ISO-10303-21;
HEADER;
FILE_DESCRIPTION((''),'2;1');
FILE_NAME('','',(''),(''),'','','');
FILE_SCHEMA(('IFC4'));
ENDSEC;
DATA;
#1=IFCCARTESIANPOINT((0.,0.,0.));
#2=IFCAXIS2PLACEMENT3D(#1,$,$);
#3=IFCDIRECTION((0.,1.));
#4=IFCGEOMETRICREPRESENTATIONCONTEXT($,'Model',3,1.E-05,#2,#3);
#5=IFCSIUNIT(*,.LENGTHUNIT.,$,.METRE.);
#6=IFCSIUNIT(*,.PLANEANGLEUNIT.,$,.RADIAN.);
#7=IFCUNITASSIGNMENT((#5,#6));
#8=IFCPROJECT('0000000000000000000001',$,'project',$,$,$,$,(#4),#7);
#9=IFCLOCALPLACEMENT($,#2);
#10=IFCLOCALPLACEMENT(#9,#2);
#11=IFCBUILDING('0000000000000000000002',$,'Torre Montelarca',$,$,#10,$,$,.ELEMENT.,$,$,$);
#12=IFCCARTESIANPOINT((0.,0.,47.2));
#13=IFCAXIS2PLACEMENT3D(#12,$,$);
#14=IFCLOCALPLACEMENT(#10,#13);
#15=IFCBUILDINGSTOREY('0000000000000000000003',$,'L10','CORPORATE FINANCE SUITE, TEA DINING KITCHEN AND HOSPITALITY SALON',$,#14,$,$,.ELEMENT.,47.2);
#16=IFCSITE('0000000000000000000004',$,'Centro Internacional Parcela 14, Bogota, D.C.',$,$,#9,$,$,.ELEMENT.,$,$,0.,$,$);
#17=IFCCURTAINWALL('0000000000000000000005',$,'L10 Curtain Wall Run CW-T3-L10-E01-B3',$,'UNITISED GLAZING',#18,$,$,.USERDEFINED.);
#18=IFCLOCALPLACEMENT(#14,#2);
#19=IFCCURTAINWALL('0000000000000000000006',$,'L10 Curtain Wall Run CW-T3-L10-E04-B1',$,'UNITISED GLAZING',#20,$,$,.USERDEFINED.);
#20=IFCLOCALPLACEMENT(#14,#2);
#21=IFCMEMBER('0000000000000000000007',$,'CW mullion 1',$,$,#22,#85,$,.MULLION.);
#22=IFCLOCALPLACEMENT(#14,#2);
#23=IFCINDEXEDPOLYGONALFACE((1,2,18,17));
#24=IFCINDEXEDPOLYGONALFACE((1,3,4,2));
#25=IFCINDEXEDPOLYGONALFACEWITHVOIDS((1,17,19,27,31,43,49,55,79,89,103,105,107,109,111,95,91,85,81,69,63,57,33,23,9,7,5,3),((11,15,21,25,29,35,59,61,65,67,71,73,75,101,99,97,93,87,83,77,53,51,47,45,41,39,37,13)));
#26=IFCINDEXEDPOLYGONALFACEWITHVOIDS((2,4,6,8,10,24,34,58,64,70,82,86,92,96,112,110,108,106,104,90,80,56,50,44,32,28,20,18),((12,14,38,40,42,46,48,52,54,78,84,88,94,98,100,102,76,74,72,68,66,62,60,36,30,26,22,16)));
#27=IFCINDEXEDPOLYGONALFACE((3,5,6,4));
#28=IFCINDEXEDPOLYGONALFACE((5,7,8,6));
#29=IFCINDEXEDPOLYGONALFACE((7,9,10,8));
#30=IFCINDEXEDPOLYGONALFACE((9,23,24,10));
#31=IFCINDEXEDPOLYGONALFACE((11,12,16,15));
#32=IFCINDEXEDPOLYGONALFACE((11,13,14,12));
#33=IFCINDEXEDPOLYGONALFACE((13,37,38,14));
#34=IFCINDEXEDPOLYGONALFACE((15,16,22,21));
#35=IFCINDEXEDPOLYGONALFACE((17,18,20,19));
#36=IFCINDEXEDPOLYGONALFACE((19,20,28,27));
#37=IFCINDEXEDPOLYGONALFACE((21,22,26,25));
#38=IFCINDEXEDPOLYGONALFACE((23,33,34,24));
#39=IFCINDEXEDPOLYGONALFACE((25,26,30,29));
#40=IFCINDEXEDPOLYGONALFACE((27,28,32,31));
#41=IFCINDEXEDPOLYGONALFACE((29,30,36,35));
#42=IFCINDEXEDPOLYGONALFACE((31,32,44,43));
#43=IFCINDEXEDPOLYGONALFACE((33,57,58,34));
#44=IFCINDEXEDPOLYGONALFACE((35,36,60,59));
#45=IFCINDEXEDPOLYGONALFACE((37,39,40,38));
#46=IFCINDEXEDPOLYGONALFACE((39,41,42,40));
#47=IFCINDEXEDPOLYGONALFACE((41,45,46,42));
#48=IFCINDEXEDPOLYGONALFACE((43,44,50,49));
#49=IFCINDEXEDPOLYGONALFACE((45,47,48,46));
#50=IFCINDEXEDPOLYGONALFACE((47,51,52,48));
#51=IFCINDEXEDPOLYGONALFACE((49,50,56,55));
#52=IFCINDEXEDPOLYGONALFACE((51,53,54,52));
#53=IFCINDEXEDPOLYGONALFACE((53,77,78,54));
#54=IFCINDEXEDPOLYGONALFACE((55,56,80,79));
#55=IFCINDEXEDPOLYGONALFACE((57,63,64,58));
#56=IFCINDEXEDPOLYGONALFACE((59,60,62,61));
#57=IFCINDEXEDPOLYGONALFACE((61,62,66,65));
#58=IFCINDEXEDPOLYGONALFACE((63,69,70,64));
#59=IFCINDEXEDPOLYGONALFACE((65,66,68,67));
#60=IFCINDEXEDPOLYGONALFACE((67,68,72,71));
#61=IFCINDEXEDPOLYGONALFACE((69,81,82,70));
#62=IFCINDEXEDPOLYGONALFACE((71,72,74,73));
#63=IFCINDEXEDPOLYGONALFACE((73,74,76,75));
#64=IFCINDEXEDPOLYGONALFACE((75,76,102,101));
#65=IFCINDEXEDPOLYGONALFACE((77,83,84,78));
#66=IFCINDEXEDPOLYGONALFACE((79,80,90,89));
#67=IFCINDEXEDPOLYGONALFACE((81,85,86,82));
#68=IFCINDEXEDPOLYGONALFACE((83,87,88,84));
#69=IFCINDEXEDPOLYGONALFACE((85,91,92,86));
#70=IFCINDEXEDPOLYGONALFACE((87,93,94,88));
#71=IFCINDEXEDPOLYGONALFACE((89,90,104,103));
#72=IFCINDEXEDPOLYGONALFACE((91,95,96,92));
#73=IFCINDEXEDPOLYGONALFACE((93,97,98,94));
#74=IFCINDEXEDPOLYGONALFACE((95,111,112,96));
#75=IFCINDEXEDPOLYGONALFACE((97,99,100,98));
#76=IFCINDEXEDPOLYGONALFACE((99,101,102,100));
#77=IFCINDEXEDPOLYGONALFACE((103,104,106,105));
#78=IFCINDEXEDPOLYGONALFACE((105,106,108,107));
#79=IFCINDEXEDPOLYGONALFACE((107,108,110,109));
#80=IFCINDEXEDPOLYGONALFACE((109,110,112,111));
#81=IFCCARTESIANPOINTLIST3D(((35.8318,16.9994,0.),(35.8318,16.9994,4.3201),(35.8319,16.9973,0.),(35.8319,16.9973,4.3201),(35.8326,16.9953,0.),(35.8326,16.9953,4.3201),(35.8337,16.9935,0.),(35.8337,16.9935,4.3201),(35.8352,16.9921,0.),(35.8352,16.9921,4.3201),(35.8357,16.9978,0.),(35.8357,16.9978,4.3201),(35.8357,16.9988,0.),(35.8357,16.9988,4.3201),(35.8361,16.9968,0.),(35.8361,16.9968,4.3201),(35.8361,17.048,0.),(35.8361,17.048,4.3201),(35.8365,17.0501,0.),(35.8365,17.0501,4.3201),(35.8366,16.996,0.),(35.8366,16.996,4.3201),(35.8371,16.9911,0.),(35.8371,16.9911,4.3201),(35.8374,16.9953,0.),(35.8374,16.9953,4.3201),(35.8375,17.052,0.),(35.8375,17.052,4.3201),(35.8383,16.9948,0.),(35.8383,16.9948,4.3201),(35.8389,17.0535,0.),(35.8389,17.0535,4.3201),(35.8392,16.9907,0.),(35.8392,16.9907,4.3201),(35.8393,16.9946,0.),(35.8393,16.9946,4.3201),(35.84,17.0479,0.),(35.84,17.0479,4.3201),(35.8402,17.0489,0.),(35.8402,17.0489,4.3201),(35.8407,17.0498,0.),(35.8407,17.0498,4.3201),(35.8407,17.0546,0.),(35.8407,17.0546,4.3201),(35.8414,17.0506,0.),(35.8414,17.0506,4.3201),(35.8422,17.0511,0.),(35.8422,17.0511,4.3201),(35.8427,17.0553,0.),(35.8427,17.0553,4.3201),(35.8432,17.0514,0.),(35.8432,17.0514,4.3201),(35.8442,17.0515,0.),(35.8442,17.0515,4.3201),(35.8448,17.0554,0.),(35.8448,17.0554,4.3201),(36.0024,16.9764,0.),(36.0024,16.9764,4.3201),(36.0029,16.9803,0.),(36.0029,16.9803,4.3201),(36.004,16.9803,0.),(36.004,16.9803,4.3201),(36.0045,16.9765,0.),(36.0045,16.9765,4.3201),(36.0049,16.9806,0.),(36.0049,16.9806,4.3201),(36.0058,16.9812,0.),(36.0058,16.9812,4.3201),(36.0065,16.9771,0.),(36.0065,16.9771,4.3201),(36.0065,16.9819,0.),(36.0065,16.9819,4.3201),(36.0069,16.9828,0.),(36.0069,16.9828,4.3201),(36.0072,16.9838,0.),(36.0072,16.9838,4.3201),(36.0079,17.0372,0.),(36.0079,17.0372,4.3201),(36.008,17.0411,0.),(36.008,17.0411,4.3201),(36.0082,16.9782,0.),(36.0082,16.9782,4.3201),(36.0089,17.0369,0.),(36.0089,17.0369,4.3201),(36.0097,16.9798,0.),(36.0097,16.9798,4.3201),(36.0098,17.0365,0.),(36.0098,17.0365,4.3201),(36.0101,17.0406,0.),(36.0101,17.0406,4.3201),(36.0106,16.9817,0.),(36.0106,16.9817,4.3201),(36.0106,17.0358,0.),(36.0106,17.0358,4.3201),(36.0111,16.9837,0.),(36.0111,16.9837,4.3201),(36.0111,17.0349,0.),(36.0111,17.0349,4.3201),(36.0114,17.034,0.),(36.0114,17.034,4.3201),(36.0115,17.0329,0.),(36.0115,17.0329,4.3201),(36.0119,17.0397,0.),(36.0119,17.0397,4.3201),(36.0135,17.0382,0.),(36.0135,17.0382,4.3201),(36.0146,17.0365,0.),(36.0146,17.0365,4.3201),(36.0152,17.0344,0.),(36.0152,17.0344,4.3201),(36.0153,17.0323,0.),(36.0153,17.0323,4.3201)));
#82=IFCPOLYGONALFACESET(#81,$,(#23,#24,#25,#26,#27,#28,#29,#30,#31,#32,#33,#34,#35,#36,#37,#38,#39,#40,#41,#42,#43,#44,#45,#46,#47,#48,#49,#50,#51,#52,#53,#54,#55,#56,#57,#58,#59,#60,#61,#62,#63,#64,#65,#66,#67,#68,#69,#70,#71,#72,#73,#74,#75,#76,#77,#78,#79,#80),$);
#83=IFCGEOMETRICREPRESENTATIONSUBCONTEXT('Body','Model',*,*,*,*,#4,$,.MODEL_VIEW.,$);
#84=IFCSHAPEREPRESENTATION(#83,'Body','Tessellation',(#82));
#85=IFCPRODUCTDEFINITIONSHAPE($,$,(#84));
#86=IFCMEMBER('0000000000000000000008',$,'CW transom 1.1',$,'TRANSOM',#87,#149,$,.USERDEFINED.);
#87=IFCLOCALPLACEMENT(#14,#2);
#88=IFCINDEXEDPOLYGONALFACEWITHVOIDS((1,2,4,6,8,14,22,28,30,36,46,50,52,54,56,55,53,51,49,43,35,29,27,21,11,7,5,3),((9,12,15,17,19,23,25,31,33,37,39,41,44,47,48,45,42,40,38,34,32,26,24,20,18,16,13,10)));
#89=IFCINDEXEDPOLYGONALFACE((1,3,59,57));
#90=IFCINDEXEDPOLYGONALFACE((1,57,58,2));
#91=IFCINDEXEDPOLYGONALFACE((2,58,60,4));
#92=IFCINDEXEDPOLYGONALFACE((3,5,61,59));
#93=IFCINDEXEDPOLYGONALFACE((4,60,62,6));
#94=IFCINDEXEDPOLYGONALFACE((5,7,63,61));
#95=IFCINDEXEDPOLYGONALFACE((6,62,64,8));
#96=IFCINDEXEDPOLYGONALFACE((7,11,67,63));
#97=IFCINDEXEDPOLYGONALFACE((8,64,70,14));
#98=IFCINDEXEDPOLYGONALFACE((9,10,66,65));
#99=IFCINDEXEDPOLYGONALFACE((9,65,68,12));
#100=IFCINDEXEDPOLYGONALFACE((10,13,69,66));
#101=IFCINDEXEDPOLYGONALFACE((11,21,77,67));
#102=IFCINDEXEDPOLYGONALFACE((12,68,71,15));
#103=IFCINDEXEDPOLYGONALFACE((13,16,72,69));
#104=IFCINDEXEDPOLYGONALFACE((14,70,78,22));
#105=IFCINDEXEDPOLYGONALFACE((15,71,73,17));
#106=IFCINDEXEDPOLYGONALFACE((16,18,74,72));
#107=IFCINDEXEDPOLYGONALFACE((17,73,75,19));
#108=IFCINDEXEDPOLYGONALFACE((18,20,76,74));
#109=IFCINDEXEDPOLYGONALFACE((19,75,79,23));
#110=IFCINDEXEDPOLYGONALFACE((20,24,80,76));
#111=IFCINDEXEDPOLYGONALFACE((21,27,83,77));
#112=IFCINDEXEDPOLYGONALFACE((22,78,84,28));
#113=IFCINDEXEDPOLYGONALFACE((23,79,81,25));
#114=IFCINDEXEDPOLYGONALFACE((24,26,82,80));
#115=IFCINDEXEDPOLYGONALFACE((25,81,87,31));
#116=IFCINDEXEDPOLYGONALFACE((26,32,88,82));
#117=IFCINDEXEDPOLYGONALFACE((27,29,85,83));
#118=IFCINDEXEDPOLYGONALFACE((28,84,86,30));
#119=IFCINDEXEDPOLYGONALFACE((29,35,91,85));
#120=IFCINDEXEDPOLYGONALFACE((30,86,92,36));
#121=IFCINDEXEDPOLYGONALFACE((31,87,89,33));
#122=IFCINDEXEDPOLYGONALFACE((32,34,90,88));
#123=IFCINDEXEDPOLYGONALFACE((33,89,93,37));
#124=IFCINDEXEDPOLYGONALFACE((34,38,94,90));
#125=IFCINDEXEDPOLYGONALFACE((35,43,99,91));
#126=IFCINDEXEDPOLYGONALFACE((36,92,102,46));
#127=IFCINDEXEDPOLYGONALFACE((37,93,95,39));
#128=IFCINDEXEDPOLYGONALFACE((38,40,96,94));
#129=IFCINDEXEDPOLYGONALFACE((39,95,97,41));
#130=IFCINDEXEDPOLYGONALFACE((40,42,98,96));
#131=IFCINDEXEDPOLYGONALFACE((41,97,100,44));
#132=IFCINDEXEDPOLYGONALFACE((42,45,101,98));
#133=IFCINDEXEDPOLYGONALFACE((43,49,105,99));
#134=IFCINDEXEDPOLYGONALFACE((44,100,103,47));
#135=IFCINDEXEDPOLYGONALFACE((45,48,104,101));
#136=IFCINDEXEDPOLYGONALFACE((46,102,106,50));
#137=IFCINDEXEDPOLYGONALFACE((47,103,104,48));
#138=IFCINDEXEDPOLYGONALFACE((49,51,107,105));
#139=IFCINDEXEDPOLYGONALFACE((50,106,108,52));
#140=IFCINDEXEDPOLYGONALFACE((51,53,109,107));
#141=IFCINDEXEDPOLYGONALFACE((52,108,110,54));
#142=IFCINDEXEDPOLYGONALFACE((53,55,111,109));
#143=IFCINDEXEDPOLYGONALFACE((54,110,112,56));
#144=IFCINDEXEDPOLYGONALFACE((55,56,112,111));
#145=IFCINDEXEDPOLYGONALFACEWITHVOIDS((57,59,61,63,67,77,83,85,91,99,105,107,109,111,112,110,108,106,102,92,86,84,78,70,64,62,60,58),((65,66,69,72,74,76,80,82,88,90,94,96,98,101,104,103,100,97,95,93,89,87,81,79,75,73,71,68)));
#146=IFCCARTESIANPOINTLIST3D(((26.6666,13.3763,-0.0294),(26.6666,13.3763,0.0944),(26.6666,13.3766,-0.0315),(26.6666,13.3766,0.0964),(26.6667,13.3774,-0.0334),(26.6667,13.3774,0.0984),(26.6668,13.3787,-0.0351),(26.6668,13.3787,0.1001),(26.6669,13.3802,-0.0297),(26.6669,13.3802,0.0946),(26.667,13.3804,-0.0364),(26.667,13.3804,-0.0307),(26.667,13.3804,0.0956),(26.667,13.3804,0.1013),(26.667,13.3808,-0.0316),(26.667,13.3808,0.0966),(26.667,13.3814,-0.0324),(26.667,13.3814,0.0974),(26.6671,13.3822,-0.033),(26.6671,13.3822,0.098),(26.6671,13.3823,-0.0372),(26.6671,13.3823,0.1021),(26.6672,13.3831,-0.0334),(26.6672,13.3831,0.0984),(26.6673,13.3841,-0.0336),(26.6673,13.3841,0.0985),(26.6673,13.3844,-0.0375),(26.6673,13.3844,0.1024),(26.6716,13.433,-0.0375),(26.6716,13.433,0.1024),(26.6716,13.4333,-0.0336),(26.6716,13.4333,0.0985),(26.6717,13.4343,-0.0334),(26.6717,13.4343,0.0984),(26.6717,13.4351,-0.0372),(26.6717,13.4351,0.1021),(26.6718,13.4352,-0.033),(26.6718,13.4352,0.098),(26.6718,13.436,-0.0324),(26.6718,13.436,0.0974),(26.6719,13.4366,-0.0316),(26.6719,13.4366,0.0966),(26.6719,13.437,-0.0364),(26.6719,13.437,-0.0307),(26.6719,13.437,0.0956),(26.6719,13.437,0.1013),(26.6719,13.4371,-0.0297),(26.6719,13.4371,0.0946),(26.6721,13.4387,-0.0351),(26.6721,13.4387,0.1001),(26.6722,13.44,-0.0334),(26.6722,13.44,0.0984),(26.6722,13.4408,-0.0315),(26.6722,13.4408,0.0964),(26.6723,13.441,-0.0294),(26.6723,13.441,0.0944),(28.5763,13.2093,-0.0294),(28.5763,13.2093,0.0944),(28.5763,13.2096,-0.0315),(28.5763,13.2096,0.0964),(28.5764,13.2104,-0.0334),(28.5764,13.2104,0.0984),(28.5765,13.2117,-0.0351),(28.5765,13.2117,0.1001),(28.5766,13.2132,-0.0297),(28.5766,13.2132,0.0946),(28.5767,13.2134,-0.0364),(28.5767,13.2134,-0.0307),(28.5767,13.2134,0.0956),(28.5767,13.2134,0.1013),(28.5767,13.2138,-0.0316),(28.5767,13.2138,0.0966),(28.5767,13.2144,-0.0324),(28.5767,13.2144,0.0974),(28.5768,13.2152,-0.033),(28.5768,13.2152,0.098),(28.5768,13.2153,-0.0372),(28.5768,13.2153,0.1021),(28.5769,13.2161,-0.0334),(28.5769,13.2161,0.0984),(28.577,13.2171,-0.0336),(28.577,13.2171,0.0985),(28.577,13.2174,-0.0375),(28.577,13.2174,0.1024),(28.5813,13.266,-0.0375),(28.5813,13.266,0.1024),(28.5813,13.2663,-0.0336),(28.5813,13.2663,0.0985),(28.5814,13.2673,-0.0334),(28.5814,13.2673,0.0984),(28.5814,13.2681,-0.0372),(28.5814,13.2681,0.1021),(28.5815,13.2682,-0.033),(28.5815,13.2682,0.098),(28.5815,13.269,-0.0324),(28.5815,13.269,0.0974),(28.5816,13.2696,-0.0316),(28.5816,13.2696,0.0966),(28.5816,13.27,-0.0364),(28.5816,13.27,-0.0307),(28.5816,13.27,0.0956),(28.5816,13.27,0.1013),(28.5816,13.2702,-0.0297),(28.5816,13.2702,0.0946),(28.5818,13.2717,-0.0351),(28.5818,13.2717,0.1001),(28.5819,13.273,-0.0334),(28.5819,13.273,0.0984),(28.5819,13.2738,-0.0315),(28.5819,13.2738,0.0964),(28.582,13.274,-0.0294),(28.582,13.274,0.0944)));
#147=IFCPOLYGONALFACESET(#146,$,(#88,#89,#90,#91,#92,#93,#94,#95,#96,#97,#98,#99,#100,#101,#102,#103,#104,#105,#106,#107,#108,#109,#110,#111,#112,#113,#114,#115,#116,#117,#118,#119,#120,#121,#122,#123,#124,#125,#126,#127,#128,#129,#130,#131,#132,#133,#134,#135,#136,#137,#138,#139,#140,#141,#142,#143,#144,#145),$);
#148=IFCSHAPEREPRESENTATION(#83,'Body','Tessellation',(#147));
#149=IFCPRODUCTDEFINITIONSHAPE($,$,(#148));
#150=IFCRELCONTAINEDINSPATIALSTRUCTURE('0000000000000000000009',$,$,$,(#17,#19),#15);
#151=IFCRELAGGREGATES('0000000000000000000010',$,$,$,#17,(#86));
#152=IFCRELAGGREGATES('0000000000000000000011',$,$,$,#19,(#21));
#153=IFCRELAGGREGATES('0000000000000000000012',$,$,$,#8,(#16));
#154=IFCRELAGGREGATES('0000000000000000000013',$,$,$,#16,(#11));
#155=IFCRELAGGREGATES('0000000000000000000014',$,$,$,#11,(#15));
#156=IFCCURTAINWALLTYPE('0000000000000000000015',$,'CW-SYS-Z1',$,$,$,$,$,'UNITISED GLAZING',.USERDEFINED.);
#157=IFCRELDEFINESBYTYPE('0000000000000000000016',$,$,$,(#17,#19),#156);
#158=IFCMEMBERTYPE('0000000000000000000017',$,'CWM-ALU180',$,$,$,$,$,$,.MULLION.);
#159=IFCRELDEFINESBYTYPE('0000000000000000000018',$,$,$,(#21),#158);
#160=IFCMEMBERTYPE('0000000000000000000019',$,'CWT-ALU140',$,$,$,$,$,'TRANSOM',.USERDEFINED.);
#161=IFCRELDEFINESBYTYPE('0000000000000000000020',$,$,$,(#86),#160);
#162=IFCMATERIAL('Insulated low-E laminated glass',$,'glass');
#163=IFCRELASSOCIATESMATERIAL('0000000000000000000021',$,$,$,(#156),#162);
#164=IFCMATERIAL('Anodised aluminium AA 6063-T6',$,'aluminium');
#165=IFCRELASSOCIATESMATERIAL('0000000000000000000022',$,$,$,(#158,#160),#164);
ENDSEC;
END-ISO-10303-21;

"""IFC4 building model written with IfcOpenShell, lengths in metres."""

from ifc_helpers import new_model, si_unit, direction, frame, origin, origin_2d, place, context, subcontext, project, spatial, hollow_rectangle, extrude, source, transform, mapped, material, material_profile, profile_set, type_object, element, aggregate, save


model = new_model("IFC4")

# Units and contexts
model_context = context("Model", 3, precision=1e-05, world=origin(), true_north=direction((0.0, 1.0)))
body_context = subcontext(model_context, "Body", "Model", "MODEL_VIEW")
ifc_project = project(units=[si_unit("LENGTHUNIT", "METRE"), si_unit("PLANEANGLEUNIT", "RADIAN")], contexts=[model_context])

# Site, building, storey
site_placement = place(None, origin())
site = spatial("IfcSite", under=ifc_project, at=site_placement, Name="Centro Internacional Parcela 14, Bogota, D.C.", CompositionType="ELEMENT", RefElevation=0.0)
building_placement = place(site_placement, origin())
building = spatial("IfcBuilding", under=site, at=building_placement, Name="Torre Montelarca", CompositionType="ELEMENT")
storey_placement = place(building_placement, frame((0.0, 0.0, 47.2)))
storey = spatial("IfcBuildingStorey", under=building, at=storey_placement, Name="L10", Description="CORPORATE FINANCE SUITE, TEA DINING KITCHEN AND HOSPITALITY SALON", CompositionType="ELEMENT", Elevation=47.2)

# Shared definitions
ifc_material_1 = material(Name="Insulated low-E laminated glass", Category="glass")
curtain_wall_type = type_object("IfcCurtainWallType", Name="CW-SYS-Z1", ElementType="UNITISED GLAZING", PredefinedType="USERDEFINED", material=ifc_material_1)
ifc_material_2 = material(Name="Anodised aluminium AA 6063-T6", Category="aluminium")
ifc_material_profile_1 = material_profile(ifc_material_2, hollow_rectangle(XDim=0.0649, YDim=0.1799, WallThickness=0.0039, InnerFilletRadius=0.0039, OuterFilletRadius=0.0081, at=origin_2d()), Name="ALU65X180X4", Category="aluminium")
ifc_profile_set_1 = profile_set([ifc_material_profile_1], Name="Anodised aluminium AA 6063-T6")
member_type_1 = type_object("IfcMemberType", Name="CWM-ALU180", PredefinedType="MULLION", material=ifc_profile_set_1)
shared_shape_1 = source(origin(), body_context, "Body", "SweptSolid", [
    extrude(hollow_rectangle(XDim=0.0649, YDim=0.1799, WallThickness=0.0039, InnerFilletRadius=0.0039, OuterFilletRadius=0.0081, at=origin_2d()), origin(), (0.0, 0.0, 1.0), 4.3201),
])

# Curtain wall
curtain_wall_1_placement = place(storey_placement, origin())
curtain_wall_1 = element("IfcCurtainWall", 1, at=curtain_wall_1_placement, inside=storey, type_object=curtain_wall_type, Name="L10 Curtain Wall Run CW-T3-L10-E01-B3", ObjectType="UNITISED GLAZING", PredefinedType="USERDEFINED")

# Curtain wall, member
curtain_wall_2_placement = place(storey_placement, origin())
curtain_wall_2 = element("IfcCurtainWall", 2, at=curtain_wall_2_placement, inside=storey, type_object=curtain_wall_type, Name="L10 Curtain Wall Run CW-T3-L10-E04-B1", ObjectType="UNITISED GLAZING", PredefinedType="USERDEFINED")
member_1_placement = place(storey_placement, frame((35.9236, 17.0159, 0.0), z_axis=(0.0, 0.0, 1.0), x_axis=(0.087162, 0.996194, 0.0)))
member_1 = element("IfcMember", 3, at=member_1_placement, type_object=member_type_1, Name="CW mullion 1", PredefinedType="MULLION", context=body_context, shape_type="MappedRepresentation", body=[
    mapped(shared_shape_1, transform((0.0, 0.0, 0.0), scale=1.0)),
])

# Member
ifc_material_profile_2 = material_profile(ifc_material_2, hollow_rectangle(XDim=0.0649, YDim=0.1399, WallThickness=0.0039, InnerFilletRadius=0.0039, OuterFilletRadius=0.0081, at=origin_2d()), Name="ALU65X140X4", Category="aluminium")
ifc_profile_set_2 = profile_set([ifc_material_profile_2], Name="Anodised aluminium AA 6063-T6")
member_type_2 = type_object("IfcMemberType", Name="CWT-ALU140", ElementType="TRANSOM", PredefinedType="USERDEFINED", material=ifc_profile_set_2)
shared_shape_2 = source(origin(), body_context, "Body", "SweptSolid", [
    extrude(hollow_rectangle(XDim=0.0649, YDim=0.1399, WallThickness=0.0039, InnerFilletRadius=0.0039, OuterFilletRadius=0.0081, at=origin_2d()), origin(), (0.0, 0.0, 1.0), 1.917),
])
member_2_placement = place(storey_placement, frame((26.6694, 13.4087, 0.0325), z_axis=(0.996198, -0.087113, 0.0), x_axis=(0.087113, 0.996198, 0.0)))
member_2 = element("IfcMember", 4, at=member_2_placement, type_object=member_type_2, Name="CW transom 1.1", ObjectType="TRANSOM", PredefinedType="USERDEFINED", context=body_context, shape_type="MappedRepresentation", body=[
    mapped(shared_shape_2, transform((0.0, 0.0, 0.0), scale=1.0)),
])

aggregate(curtain_wall_1, [member_2])
aggregate(curtain_wall_2, [member_1])

save(model, "model.ifc")
